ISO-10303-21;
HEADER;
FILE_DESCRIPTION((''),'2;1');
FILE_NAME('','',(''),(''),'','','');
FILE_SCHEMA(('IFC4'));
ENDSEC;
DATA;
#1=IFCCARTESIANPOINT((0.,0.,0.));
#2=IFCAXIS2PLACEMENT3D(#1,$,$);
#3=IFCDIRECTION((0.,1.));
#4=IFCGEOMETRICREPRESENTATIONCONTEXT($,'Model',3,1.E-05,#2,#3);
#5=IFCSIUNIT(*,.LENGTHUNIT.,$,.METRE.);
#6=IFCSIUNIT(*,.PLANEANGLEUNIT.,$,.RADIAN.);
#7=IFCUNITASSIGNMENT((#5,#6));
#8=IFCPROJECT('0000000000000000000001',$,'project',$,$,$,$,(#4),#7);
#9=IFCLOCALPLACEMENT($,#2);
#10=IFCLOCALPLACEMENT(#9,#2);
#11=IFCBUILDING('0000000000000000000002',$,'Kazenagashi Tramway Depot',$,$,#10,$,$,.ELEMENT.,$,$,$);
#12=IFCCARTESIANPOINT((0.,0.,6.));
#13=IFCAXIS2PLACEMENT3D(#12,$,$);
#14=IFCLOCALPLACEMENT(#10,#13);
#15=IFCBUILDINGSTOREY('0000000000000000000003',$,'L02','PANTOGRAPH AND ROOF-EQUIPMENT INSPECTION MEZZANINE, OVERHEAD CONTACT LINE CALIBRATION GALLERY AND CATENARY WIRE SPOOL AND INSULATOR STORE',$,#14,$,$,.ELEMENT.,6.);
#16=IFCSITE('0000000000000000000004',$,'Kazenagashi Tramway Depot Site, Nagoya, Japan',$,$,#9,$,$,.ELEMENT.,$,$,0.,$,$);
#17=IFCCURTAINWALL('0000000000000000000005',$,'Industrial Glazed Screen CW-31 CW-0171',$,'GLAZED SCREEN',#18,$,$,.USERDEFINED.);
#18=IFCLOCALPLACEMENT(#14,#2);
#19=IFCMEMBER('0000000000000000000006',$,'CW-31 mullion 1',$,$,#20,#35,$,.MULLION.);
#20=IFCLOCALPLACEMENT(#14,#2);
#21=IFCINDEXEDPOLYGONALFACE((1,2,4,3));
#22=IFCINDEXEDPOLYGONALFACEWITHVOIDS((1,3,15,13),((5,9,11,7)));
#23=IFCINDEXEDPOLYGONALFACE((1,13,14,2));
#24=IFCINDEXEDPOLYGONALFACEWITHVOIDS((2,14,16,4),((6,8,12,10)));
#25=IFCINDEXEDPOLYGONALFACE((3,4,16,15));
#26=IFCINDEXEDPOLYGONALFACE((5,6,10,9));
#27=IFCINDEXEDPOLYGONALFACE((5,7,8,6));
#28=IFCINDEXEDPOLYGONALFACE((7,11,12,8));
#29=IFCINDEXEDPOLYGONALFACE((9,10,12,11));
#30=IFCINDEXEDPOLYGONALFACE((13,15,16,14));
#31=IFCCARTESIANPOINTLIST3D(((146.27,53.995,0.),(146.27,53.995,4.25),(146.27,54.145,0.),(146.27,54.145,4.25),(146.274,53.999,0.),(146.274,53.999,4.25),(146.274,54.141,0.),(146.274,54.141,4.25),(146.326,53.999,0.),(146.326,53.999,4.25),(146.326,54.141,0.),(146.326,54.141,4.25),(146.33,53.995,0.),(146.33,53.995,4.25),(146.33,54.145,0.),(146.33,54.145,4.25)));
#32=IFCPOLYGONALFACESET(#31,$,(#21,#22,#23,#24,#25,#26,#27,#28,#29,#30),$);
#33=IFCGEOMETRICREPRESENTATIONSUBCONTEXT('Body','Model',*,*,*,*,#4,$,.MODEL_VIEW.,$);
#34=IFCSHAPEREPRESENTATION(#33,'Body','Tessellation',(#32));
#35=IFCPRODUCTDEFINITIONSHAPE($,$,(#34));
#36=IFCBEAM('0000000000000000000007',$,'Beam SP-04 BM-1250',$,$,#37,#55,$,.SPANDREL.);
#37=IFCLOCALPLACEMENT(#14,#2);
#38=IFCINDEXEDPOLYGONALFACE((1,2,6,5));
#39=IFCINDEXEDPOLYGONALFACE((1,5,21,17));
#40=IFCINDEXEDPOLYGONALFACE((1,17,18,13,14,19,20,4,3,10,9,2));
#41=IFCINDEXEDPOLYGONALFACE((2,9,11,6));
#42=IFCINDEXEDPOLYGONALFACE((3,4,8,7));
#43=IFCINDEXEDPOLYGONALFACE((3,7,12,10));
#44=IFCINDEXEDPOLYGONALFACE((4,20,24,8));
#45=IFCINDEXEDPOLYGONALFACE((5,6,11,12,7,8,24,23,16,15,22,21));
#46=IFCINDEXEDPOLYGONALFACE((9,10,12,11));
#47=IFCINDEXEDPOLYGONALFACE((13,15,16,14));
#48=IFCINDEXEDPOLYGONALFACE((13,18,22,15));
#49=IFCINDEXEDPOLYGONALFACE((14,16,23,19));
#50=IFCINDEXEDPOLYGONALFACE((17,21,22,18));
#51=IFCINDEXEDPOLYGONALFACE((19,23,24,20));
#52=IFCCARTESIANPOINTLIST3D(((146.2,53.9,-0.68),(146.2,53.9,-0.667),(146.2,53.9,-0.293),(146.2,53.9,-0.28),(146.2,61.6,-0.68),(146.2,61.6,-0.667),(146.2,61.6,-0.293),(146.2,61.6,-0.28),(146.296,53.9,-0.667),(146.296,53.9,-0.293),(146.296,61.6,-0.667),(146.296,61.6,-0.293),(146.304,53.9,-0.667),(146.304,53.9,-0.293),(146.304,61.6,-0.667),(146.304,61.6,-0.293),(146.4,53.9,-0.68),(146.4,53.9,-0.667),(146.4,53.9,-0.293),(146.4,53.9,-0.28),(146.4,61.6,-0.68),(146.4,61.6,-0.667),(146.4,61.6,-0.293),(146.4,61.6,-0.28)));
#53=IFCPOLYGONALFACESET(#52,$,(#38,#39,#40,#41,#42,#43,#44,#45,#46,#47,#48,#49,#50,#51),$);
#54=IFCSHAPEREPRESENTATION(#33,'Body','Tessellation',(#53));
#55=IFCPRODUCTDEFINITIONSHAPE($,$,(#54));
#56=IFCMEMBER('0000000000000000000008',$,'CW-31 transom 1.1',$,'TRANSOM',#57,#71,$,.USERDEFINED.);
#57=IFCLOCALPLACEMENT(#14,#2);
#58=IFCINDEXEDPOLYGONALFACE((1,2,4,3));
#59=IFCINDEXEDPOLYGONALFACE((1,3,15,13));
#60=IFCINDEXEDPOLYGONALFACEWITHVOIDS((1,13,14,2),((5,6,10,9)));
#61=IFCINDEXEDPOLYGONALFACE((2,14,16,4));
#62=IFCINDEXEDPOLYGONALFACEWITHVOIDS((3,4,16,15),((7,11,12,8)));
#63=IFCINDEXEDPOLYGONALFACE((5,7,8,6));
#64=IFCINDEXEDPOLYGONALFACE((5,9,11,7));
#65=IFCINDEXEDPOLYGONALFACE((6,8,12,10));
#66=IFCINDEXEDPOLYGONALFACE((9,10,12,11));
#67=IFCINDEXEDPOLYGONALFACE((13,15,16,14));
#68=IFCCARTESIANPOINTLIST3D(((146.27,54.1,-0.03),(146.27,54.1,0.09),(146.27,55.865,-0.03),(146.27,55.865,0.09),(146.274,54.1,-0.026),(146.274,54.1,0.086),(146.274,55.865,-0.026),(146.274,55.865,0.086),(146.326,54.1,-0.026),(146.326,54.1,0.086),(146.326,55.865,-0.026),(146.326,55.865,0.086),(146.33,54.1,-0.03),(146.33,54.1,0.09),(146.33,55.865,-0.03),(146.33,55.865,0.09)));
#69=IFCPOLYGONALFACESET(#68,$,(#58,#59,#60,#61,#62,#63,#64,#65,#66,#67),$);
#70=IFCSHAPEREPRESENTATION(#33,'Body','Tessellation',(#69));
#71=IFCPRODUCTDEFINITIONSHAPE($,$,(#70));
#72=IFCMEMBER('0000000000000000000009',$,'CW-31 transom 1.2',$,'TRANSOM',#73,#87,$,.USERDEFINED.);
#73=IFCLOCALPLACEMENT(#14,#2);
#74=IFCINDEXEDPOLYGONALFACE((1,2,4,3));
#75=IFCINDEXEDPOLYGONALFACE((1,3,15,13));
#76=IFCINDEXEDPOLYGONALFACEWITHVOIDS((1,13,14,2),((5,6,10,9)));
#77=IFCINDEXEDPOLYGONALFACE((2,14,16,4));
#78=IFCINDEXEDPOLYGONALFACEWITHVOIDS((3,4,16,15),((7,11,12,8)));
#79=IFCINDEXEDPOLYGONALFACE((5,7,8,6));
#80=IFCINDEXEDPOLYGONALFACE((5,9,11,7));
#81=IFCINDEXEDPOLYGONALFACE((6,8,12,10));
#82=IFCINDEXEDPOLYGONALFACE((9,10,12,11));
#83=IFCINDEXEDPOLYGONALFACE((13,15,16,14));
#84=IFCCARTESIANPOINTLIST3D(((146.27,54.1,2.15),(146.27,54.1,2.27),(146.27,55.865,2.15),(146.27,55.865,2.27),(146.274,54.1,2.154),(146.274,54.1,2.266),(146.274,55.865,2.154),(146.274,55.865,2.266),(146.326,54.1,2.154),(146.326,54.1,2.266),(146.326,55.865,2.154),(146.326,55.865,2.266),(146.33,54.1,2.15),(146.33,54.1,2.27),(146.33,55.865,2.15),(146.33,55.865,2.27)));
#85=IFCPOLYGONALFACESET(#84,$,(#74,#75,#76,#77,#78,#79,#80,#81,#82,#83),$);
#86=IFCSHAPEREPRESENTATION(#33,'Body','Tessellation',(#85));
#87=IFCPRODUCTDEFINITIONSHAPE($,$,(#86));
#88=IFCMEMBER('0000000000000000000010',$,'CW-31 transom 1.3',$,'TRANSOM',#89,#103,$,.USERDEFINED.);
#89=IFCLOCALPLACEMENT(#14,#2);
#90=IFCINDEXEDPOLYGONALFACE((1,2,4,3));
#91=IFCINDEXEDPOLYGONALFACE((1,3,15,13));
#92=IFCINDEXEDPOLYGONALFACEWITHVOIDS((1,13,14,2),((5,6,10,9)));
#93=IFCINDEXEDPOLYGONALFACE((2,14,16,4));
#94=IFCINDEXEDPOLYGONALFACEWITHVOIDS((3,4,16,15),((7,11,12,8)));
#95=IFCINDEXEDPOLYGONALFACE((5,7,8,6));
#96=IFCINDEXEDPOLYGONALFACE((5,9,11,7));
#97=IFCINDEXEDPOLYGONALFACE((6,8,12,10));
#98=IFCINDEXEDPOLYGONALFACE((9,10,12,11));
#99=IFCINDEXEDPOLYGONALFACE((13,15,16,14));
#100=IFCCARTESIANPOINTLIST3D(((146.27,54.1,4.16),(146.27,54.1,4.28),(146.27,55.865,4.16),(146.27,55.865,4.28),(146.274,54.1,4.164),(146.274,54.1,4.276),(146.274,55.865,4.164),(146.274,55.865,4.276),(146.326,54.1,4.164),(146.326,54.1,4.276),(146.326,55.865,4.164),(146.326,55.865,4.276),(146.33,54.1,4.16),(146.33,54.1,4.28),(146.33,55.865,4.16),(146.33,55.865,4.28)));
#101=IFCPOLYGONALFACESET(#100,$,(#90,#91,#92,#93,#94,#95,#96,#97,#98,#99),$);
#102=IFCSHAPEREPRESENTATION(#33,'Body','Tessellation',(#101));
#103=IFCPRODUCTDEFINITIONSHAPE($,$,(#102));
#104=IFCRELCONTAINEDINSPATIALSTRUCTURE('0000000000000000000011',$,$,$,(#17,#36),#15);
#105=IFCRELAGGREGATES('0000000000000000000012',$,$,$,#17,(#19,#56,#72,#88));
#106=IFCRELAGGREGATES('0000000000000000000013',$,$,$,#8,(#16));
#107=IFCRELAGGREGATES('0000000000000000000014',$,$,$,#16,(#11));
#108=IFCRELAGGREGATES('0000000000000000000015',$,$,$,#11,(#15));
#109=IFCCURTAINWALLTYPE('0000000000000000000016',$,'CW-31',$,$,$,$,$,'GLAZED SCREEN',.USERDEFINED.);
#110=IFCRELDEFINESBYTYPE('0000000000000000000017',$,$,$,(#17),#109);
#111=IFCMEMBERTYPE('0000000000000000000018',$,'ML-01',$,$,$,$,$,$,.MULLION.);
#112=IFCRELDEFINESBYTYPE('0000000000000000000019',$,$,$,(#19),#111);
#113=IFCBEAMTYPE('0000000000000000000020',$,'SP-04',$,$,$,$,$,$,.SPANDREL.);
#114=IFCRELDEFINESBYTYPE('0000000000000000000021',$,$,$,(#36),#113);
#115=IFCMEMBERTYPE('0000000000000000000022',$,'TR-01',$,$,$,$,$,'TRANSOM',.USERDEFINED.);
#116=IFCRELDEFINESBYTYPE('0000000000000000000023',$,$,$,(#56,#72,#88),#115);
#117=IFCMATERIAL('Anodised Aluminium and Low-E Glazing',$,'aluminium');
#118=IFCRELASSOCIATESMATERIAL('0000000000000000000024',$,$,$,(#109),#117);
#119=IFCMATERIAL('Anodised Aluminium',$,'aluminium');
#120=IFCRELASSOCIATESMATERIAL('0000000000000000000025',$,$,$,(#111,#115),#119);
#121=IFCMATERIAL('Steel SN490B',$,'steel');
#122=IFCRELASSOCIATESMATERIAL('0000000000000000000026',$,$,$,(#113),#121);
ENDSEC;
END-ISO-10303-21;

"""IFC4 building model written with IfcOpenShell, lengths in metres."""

from ifc_helpers import new_model, si_unit, direction, frame, origin, origin_2d, place, context, subcontext, project, spatial, hollow_rectangle, i_section, extrude, material, material_profile, profile_set, type_object, element, aggregate, save


model = new_model("IFC4")

# Units and contexts
model_context = context("Model", 3, precision=1e-05, world=origin(), true_north=direction((0.0, 1.0)))
body_context = subcontext(model_context, "Body", "Model", "MODEL_VIEW")
ifc_project = project(units=[si_unit("LENGTHUNIT", "METRE"), si_unit("PLANEANGLEUNIT", "RADIAN")], contexts=[model_context])

# Site, building, storey
site_placement = place(None, origin())
site = spatial("IfcSite", under=ifc_project, at=site_placement, Name="Kazenagashi Tramway Depot Site, Nagoya, Japan", CompositionType="ELEMENT", RefElevation=0.0)
building_placement = place(site_placement, origin())
building = spatial("IfcBuilding", under=site, at=building_placement, Name="Kazenagashi Tramway Depot", CompositionType="ELEMENT")
storey_placement = place(building_placement, frame((0.0, 0.0, 6.0)))
storey = spatial("IfcBuildingStorey", under=building, at=storey_placement, Name="L02", Description="PANTOGRAPH AND ROOF-EQUIPMENT INSPECTION MEZZANINE, OVERHEAD CONTACT LINE CALIBRATION GALLERY AND CATENARY WIRE SPOOL AND INSULATOR STORE", CompositionType="ELEMENT", Elevation=6.0)

# Shared definitions
ifc_material_1 = material(Name="Steel SN490B", Category="steel")

# Curtain wall, member
ifc_material_2 = material(Name="Anodised Aluminium and Low-E Glazing", Category="aluminium")
curtain_wall_type = type_object("IfcCurtainWallType", Name="CW-31", ElementType="GLAZED SCREEN", PredefinedType="USERDEFINED", material=ifc_material_2)
curtain_wall_placement = place(storey_placement, origin())
curtain_wall = element("IfcCurtainWall", 1, at=curtain_wall_placement, inside=storey, type_object=curtain_wall_type, Name="Industrial Glazed Screen CW-31 CW-0171", ObjectType="GLAZED SCREEN", PredefinedType="USERDEFINED")
ifc_material_3 = material(Name="Anodised Aluminium", Category="aluminium")
ifc_material_profile_1 = material_profile(ifc_material_3, hollow_rectangle(XDim=0.06, YDim=0.15, WallThickness=0.004, at=origin_2d()), Name="RHS-150x60x4")
ifc_profile_set_1 = profile_set([ifc_material_profile_1], Name="Anodised Aluminium")
member_type_1 = type_object("IfcMemberType", Name="ML-01", PredefinedType="MULLION", material=ifc_profile_set_1)
member_1_placement = place(storey_placement, frame((146.3, 54.07, 0.0), z_axis=(0.0, 0.0, 1.0), x_axis=(-1.0, 0.0, 0.0)))
member_1 = element("IfcMember", 2, at=member_1_placement, type_object=member_type_1, Name="CW-31 mullion 1", PredefinedType="MULLION", context=body_context, shape_type="SweptSolid", body=[
    extrude(hollow_rectangle(XDim=0.06, YDim=0.15, WallThickness=0.004, at=origin_2d()), origin(), (0.0, 0.0, 1.0), 4.25),
])

# Beam
ifc_material_profile_2 = material_profile(ifc_material_1, i_section(OverallWidth=0.2, OverallDepth=0.4, WebThickness=0.008, FlangeThickness=0.013, at=origin_2d()), Name="H-400x200x8x13")
ifc_profile_set_2 = profile_set([ifc_material_profile_2], Name="Steel SN490B")
beam_type_1 = type_object("IfcBeamType", Name="SP-04", PredefinedType="SPANDREL", material=ifc_profile_set_2)
beam_1_placement = place(storey_placement, frame((146.3, 53.9, -0.48), z_axis=(0.0, 1.0, 0.0), x_axis=(-1.0, 0.0, 0.0)))
element("IfcBeam", 3, at=beam_1_placement, inside=storey, type_object=beam_type_1, Name="Beam SP-04 BM-1250", PredefinedType="SPANDREL", context=body_context, shape_type="SweptSolid", body=[
    extrude(i_section(OverallWidth=0.2, OverallDepth=0.4, WebThickness=0.008, FlangeThickness=0.013, at=origin_2d()), origin(), (0.0, 0.0, 1.0), 7.7),
])

# Members
ifc_material_profile_3 = material_profile(ifc_material_3, hollow_rectangle(XDim=0.06, YDim=0.12, WallThickness=0.004, at=origin_2d()), Name="RHS-120x60x4")
ifc_profile_set_3 = profile_set([ifc_material_profile_3], Name="Anodised Aluminium")
member_type_2 = type_object("IfcMemberType", Name="TR-01", ElementType="TRANSOM", PredefinedType="USERDEFINED", material=ifc_profile_set_3)
member_2_placement = place(storey_placement, frame((146.3, 54.1, 0.03), z_axis=(0.0, 1.0, 0.0), x_axis=(-1.0, 0.0, 0.0)))
member_2 = element("IfcMember", 4, at=member_2_placement, type_object=member_type_2, Name="CW-31 transom 1.1", ObjectType="TRANSOM", PredefinedType="USERDEFINED", context=body_context, shape_type="SweptSolid", body=[
    extrude(hollow_rectangle(XDim=0.06, YDim=0.12, WallThickness=0.004, at=origin_2d()), origin(), (0.0, 0.0, 1.0), 1.765),
])
member_3_placement = place(storey_placement, frame((146.3, 54.1, 2.21), z_axis=(0.0, 1.0, 0.0), x_axis=(-1.0, 0.0, 0.0)))
member_3 = element("IfcMember", 5, at=member_3_placement, type_object=member_type_2, Name="CW-31 transom 1.2", ObjectType="TRANSOM", PredefinedType="USERDEFINED", context=body_context, shape_type="SweptSolid", body=[
    extrude(hollow_rectangle(XDim=0.06, YDim=0.12, WallThickness=0.004, at=origin_2d()), origin(), (0.0, 0.0, 1.0), 1.765),
])
member_4_placement = place(storey_placement, frame((146.3, 54.1, 4.22), z_axis=(0.0, 1.0, 0.0), x_axis=(-1.0, 0.0, 0.0)))
member_4 = element("IfcMember", 6, at=member_4_placement, type_object=member_type_2, Name="CW-31 transom 1.3", ObjectType="TRANSOM", PredefinedType="USERDEFINED", context=body_context, shape_type="SweptSolid", body=[
    extrude(hollow_rectangle(XDim=0.06, YDim=0.12, WallThickness=0.004, at=origin_2d()), origin(), (0.0, 0.0, 1.0), 1.765),
])
aggregate(curtain_wall, [member_1, member_2, member_3, member_4])

save(model, "model.ifc")
